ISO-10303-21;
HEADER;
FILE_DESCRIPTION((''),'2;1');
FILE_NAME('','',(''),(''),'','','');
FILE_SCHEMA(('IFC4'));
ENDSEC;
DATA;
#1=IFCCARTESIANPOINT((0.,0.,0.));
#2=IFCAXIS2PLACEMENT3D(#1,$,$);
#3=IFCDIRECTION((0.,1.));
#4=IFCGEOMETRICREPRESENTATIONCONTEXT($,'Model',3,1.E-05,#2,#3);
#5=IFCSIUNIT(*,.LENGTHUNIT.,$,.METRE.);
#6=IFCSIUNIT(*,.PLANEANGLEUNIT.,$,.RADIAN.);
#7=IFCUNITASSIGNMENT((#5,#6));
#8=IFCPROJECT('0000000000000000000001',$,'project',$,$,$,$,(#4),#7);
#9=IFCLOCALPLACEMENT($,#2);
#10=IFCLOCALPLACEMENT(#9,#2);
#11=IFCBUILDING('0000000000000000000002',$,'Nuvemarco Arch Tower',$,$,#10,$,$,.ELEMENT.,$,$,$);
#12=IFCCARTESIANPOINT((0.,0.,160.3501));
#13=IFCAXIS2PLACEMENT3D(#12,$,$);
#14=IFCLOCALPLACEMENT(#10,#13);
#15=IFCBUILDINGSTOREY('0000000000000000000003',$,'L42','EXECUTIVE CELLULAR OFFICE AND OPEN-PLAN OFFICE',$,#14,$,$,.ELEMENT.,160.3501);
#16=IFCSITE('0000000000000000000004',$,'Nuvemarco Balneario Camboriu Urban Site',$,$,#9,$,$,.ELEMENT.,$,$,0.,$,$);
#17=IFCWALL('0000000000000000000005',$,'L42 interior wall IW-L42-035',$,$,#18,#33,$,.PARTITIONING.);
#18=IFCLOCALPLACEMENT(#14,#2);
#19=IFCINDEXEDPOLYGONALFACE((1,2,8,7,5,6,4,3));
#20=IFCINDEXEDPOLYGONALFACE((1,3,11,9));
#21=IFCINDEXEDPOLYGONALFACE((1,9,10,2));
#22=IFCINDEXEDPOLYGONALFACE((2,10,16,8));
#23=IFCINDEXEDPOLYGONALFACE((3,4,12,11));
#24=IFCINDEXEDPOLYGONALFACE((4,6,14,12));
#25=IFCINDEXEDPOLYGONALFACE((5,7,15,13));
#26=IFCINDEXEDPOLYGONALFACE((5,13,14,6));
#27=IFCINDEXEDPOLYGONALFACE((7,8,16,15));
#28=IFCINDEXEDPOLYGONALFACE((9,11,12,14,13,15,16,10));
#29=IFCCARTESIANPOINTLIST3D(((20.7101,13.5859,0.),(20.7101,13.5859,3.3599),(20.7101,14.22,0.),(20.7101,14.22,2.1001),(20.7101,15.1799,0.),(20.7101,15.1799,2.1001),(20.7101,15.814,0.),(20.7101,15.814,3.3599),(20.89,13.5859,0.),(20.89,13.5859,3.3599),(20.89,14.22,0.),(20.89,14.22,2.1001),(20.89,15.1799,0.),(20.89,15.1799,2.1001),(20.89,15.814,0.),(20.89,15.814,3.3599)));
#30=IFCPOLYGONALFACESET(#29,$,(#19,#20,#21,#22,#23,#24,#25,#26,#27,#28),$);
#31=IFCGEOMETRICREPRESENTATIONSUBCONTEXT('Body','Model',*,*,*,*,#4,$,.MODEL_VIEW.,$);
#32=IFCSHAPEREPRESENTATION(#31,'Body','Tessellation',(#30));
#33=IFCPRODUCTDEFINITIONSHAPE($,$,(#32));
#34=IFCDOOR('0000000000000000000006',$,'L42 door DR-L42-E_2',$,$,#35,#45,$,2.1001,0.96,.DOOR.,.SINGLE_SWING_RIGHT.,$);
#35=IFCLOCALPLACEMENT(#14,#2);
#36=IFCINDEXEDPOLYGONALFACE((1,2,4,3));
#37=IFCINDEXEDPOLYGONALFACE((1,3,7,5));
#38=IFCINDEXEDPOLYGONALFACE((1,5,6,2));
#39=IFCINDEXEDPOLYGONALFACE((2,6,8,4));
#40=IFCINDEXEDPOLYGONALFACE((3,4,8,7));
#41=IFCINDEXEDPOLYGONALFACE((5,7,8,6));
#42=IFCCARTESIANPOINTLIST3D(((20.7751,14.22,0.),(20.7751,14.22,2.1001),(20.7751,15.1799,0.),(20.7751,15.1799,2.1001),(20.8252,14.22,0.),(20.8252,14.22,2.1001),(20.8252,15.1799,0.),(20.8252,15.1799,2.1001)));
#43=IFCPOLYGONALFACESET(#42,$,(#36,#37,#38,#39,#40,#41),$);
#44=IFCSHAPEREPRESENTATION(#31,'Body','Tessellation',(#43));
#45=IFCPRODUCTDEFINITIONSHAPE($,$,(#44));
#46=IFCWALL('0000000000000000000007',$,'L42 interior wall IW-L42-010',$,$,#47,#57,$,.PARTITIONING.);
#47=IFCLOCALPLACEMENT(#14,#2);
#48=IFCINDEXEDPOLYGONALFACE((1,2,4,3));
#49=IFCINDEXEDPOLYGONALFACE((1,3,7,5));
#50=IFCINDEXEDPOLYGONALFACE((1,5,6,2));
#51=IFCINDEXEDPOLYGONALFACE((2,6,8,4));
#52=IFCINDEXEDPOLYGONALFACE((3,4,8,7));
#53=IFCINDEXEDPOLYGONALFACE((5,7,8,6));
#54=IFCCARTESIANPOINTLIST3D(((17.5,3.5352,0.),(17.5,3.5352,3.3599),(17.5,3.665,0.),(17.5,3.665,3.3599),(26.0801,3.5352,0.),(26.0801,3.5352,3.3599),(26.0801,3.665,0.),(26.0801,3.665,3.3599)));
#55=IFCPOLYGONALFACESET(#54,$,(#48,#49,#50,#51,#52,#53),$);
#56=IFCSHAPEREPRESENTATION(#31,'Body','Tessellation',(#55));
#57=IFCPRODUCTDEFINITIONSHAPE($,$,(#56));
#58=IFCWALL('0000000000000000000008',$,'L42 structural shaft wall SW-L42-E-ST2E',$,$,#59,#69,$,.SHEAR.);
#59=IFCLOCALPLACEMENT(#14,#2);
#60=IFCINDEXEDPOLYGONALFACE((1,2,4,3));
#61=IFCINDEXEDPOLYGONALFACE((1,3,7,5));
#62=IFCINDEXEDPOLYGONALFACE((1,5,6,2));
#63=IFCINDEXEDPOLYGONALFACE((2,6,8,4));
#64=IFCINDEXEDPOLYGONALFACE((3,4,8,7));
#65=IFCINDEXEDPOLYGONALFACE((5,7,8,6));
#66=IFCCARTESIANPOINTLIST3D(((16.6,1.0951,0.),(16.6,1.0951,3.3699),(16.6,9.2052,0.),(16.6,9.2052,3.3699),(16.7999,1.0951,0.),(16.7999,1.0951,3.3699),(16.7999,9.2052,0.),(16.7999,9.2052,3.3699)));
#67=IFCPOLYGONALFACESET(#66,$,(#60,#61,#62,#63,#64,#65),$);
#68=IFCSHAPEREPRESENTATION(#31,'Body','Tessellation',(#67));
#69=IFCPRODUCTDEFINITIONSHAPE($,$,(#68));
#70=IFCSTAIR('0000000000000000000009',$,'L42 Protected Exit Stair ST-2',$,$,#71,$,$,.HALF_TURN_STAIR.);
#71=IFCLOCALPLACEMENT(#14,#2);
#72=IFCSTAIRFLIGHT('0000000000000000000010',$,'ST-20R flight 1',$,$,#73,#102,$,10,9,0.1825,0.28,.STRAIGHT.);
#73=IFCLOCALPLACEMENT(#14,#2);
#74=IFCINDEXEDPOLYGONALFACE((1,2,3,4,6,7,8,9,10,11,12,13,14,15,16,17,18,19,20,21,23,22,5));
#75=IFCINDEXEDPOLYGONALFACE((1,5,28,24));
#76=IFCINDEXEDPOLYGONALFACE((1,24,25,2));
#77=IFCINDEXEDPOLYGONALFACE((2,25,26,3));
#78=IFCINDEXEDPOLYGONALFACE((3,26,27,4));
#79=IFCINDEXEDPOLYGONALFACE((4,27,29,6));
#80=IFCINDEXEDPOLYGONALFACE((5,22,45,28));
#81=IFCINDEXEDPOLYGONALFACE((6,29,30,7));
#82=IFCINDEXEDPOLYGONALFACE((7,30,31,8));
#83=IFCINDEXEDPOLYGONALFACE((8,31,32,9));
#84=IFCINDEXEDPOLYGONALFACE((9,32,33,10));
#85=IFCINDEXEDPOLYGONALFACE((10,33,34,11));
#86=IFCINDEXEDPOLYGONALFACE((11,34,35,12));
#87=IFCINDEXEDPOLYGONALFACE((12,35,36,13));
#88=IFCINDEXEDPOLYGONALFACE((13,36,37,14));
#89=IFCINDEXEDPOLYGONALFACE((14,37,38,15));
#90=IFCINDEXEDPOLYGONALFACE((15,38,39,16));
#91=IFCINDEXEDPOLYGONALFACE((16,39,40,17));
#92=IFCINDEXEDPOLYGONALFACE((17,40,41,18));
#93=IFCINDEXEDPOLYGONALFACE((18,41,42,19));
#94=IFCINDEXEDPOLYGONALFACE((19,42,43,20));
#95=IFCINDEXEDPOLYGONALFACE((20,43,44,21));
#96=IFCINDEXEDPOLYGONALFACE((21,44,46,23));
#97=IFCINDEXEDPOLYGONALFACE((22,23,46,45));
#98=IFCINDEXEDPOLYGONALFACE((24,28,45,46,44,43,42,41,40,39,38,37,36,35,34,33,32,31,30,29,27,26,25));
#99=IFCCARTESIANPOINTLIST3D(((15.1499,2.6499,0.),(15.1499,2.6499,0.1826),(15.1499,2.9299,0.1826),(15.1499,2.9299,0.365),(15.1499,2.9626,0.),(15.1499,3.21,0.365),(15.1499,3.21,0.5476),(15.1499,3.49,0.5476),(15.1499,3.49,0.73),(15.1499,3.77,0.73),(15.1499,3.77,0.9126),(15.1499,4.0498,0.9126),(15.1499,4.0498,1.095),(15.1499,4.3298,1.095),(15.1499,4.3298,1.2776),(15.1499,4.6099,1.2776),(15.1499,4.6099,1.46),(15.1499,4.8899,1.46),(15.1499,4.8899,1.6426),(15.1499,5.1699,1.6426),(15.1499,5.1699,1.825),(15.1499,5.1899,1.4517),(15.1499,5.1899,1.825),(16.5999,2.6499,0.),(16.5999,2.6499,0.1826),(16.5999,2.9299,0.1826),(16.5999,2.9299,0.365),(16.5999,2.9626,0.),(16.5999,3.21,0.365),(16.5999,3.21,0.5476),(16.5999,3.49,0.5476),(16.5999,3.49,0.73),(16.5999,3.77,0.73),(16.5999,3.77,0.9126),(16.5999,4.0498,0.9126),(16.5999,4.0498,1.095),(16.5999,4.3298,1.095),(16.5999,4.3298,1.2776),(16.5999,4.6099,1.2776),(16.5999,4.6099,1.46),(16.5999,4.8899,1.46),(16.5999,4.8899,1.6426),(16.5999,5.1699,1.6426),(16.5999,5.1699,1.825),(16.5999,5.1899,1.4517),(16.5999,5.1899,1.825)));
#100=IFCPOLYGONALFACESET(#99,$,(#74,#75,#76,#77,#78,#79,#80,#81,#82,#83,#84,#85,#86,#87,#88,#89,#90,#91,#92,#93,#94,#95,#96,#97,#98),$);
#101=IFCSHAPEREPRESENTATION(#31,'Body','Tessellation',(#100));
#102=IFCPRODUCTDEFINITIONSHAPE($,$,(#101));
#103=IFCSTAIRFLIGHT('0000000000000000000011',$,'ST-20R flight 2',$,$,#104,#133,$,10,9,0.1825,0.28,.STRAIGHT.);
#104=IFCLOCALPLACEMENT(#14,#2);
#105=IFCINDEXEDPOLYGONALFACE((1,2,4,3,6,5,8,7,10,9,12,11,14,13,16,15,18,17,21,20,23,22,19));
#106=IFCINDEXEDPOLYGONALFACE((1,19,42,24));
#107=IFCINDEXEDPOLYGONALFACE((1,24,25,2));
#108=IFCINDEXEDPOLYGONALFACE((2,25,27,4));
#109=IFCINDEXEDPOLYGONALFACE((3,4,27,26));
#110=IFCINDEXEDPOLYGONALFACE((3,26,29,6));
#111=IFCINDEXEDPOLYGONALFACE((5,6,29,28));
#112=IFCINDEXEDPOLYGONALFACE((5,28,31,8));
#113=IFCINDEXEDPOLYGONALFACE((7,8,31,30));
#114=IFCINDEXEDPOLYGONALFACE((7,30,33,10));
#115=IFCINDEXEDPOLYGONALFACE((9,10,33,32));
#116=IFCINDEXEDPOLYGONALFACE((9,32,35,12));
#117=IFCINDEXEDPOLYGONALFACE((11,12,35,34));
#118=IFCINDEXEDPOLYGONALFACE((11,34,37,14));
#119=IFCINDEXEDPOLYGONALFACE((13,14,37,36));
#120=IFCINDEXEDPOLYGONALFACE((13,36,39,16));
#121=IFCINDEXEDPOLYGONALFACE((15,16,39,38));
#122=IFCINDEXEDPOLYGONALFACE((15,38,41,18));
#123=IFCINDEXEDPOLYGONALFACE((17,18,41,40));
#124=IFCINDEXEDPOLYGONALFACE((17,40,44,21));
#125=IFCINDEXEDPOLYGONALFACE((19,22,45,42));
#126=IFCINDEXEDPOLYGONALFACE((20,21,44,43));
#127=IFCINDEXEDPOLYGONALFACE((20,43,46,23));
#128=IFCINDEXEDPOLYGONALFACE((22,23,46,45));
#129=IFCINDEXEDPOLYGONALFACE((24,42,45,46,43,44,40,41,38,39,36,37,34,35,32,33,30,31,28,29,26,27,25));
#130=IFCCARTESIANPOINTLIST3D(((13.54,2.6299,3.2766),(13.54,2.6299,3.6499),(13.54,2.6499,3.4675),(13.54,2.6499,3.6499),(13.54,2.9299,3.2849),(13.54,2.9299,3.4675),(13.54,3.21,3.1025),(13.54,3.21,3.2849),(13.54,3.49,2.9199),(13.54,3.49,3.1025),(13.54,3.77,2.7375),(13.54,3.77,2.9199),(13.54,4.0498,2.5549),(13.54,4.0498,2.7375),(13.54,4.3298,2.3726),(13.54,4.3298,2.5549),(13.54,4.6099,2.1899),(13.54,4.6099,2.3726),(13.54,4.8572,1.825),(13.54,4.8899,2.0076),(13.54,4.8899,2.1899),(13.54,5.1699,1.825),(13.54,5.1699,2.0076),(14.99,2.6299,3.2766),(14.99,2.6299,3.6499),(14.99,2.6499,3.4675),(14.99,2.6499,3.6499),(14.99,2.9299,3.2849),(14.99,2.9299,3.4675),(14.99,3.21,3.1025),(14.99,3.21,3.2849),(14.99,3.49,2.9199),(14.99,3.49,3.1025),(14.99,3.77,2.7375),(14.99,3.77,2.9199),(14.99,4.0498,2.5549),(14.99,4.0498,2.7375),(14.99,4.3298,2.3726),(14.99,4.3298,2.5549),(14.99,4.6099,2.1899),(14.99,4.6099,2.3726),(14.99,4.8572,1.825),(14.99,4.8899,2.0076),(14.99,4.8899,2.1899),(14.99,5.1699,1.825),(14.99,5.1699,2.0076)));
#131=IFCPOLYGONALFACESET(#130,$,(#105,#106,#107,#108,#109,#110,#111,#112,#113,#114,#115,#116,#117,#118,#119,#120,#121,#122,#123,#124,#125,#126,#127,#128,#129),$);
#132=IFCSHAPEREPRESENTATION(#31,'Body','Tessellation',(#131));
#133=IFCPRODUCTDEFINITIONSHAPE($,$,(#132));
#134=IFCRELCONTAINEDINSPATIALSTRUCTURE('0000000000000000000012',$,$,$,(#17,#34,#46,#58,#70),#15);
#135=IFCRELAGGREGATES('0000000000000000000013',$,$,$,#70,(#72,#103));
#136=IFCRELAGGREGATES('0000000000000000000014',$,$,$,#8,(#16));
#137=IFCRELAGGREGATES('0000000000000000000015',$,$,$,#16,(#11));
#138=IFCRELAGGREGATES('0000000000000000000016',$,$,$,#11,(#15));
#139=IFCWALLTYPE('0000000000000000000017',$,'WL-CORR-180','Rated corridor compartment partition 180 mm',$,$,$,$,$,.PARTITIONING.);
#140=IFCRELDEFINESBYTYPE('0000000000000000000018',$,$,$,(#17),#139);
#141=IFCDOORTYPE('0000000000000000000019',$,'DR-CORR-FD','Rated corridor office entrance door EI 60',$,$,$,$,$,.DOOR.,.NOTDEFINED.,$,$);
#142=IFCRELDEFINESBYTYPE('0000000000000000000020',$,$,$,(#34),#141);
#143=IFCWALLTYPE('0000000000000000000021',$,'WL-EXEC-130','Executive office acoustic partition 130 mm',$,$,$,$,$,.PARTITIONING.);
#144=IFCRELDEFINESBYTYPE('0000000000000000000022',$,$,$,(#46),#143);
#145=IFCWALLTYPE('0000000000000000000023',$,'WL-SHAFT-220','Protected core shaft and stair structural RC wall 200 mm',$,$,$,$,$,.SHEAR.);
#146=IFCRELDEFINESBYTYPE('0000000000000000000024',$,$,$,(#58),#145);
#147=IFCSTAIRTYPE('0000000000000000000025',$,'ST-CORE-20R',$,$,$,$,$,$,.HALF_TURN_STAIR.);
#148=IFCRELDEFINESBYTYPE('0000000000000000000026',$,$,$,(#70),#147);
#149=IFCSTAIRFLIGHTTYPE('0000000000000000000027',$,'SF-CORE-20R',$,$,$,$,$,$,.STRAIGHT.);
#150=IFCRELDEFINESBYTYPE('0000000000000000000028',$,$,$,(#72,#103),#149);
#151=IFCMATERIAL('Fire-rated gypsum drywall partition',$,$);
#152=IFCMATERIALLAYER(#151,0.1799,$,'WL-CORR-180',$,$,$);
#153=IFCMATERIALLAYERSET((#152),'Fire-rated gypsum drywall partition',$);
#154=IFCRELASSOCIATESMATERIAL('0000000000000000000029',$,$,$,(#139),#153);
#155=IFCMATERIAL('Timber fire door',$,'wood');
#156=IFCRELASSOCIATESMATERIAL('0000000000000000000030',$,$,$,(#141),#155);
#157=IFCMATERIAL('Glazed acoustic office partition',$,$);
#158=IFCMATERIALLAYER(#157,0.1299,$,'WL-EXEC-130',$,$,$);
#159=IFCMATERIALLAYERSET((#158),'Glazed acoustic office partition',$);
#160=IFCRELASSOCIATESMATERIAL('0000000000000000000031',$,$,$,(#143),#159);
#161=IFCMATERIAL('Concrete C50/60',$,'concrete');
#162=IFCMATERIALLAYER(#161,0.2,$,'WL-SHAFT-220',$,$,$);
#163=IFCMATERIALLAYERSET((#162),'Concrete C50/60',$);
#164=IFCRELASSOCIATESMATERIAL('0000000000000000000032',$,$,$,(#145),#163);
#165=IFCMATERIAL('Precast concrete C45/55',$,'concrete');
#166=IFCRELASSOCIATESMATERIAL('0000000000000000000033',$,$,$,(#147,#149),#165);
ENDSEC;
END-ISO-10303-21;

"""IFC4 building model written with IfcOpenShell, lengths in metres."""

from ifc_helpers import new_model, si_unit, direction, frame, frame_2d, origin, place, context, subcontext, project, spatial, polyline, rectangle, outline, extrude, source, transform, mapped, material, layer, layer_set, type_object, type_shapes, element, fill, aggregate, save


model = new_model("IFC4")

# Units and contexts
model_context = context("Model", 3, precision=1e-05, world=origin(), true_north=direction((0.0, 1.0)))
body_context = subcontext(model_context, "Body", "Model", "MODEL_VIEW")
ifc_project = project(units=[si_unit("LENGTHUNIT", "METRE"), si_unit("PLANEANGLEUNIT", "RADIAN")], contexts=[model_context])

# Site, building, storey
site_placement = place(None, origin())
site = spatial("IfcSite", under=ifc_project, at=site_placement, Name="Nuvemarco Balneario Camboriu Urban Site", CompositionType="ELEMENT", RefElevation=0.0)
building_placement = place(site_placement, origin())
building = spatial("IfcBuilding", under=site, at=building_placement, Name="Nuvemarco Arch Tower", CompositionType="ELEMENT")
storey_placement = place(building_placement, frame((0.0, 0.0, 160.3501)))
storey = spatial("IfcBuildingStorey", under=building, at=storey_placement, Name="L42", Description="EXECUTIVE CELLULAR OFFICE AND OPEN-PLAN OFFICE", CompositionType="ELEMENT", Elevation=160.3501)

# Shared definitions
ifc_material_1 = material(Name="Concrete C50/60", Category="concrete")

# Shared definitions
ifc_material_2 = material(Name="Precast concrete C45/55", Category="concrete")

# Shared definitions
ifc_material_3 = material(Name="Fire-rated gypsum drywall partition")
ifc_layer_1 = layer(ifc_material_3, 0.1799, Name="WL-CORR-180")
ifc_layer_set_1 = layer_set([ifc_layer_1], Name="Fire-rated gypsum drywall partition")
wall_type_1 = type_object("IfcWallType", Name="WL-CORR-180", Description="Rated corridor compartment partition 180 mm", PredefinedType="PARTITIONING", material=ifc_layer_set_1)

# Wall, opening, door
wall_1_placement = place(storey_placement, frame((20.8, 13.5859, 0.0), z_axis=(0.0, 0.0, 1.0), x_axis=(0.0, 1.0, 0.0)))
wall_1 = element("IfcWall", 1, at=wall_1_placement, inside=storey, type_object=wall_type_1, Name="L42 interior wall IW-L42-035", PredefinedType="PARTITIONING", context=body_context, shape_type="SweptSolid", body=[
    extrude(rectangle(XDim=2.228, YDim=0.1799, at=frame_2d((1.114, 0.0))), origin(), (0.0, 0.0, 1.0), 3.3599),
])
opening_placement = place(wall_1_placement, frame((0.634, 0.0, 0.0)))
opening = element("IfcOpeningElement", 2, at=opening_placement, cuts=wall_1, PredefinedType="OPENING", context=body_context, shape_type="SweptSolid", body=[
    extrude(rectangle(XDim=0.96, YDim=2.1001, at=frame_2d((0.48, 1.05))), frame((0.0, 0.0999, 0.0), z_axis=(0.0, -1.0, 0.0), x_axis=(1.0, 0.0, 0.0)), (0.0, 0.0, 1.0), 0.2),
])
ifc_material_4 = material(Name="Timber fire door", Category="wood")
door_type = type_object("IfcDoorType", Name="DR-CORR-FD", Description="Rated corridor office entrance door EI 60", OperationType="NOTDEFINED", PredefinedType="DOOR", material=ifc_material_4)
shared_shape_1 = source(origin(), body_context, "Body", "SweptSolid", [
    extrude(rectangle(XDim=0.96, YDim=2.1001, at=frame_2d((0.48, 1.05))), frame((0.0, 0.0249, 0.0), z_axis=(0.0, -1.0, 0.0), x_axis=(1.0, 0.0, 0.0)), (0.0, 0.0, 1.0), 0.05),
])
type_shapes(door_type, [shared_shape_1])
door_placement = place(opening_placement, origin())
door = element("IfcDoor", 3, at=door_placement, inside=storey, type_object=door_type, Name="L42 door DR-L42-E_2", OperationType="SINGLE_SWING_RIGHT", OverallHeight=2.1001, OverallWidth=0.96, PredefinedType="DOOR", context=body_context, shape_type="MappedRepresentation", body=[
    mapped(shared_shape_1, transform((0.0, 0.0, 0.0), scale=1.0)),
])
fill(opening, door)

# Walls
ifc_material_5 = material(Name="Glazed acoustic office partition")
ifc_layer_2 = layer(ifc_material_5, 0.1299, Name="WL-EXEC-130")
ifc_layer_set_2 = layer_set([ifc_layer_2], Name="Glazed acoustic office partition")
wall_type_2 = type_object("IfcWallType", Name="WL-EXEC-130", Description="Executive office acoustic partition 130 mm", PredefinedType="PARTITIONING", material=ifc_layer_set_2)
wall_2_placement = place(storey_placement, frame((17.5, 3.6001, 0.0), z_axis=(0.0, 0.0, 1.0), x_axis=(1.0, 0.0, 0.0)))
element("IfcWall", 4, at=wall_2_placement, inside=storey, type_object=wall_type_2, Name="L42 interior wall IW-L42-010", PredefinedType="PARTITIONING", context=body_context, shape_type="SweptSolid", body=[
    extrude(rectangle(XDim=8.5801, YDim=0.1299, at=frame_2d((4.29, 0.0))), origin(), (0.0, 0.0, 1.0), 3.3599),
])
ifc_layer_3 = layer(ifc_material_1, 0.2, Name="WL-SHAFT-220")
ifc_layer_set_3 = layer_set([ifc_layer_3], Name="Concrete C50/60")
wall_type_3 = type_object("IfcWallType", Name="WL-SHAFT-220", Description="Protected core shaft and stair structural RC wall 200 mm", PredefinedType="SHEAR", material=ifc_layer_set_3)
wall_3_placement = place(storey_placement, frame((16.7, 1.095, 0.0), z_axis=(0.0, 0.0, 1.0), x_axis=(0.0, 1.0, 0.0)))
element("IfcWall", 5, at=wall_3_placement, inside=storey, type_object=wall_type_3, Name="L42 structural shaft wall SW-L42-E-ST2E", PredefinedType="SHEAR", context=body_context, shape_type="SweptSolid", body=[
    extrude(rectangle(XDim=8.1101, YDim=0.2, at=frame_2d((4.0552, 0.0))), origin(), (0.0, 0.0, 1.0), 3.3699),
])

# Stair, stair flights
stair_type = type_object("IfcStairType", Name="ST-CORE-20R", PredefinedType="HALF_TURN_STAIR", material=ifc_material_2)
stair_placement = place(storey_placement, origin())
stair = element("IfcStair", 6, at=stair_placement, inside=storey, type_object=stair_type, Name="L42 Protected Exit Stair ST-2", PredefinedType="HALF_TURN_STAIR")
stair_flight_type = type_object("IfcStairFlightType", Name="SF-CORE-20R", PredefinedType="STRAIGHT", material=ifc_material_2)
stair_flight_1_placement = place(storey_placement, frame((15.875, 2.6499, 0.0), z_axis=(0.0, 0.0, 1.0), x_axis=(0.0, 1.0, 0.0)))
stair_flight_1 = element("IfcStairFlight", 7, at=stair_flight_1_placement, type_object=stair_flight_type, Name="ST-20R flight 1", NumberOfRisers=10, NumberOfTreads=9, PredefinedType="STRAIGHT", RiserHeight=0.1825, TreadLength=0.28, context=body_context, shape_type="SweptSolid", body=[
    extrude(outline(polyline([(0.0, 0.0), (0.0, 0.1826), (0.28, 0.1826), (0.28, 0.365), (0.5601, 0.365), (0.5601, 0.5476), (0.8401, 0.5476), (0.8401, 0.73), (1.1201, 0.73), (1.1201, 0.9126), (1.3999, 0.9126), (1.3999, 1.095), (1.6799, 1.095), (1.6799, 1.2776), (1.96, 1.2776), (1.96, 1.46), (2.24, 1.46), (2.24, 1.6426), (2.52, 1.6426), (2.52, 1.825), (2.54, 1.825), (2.54, 1.4517), (0.3127, 0.0), (0.0, 0.0)])), frame((0.0, 0.7251, 0.0), z_axis=(0.0, -1.0, 0.0), x_axis=(1.0, 0.0, 0.0)), (0.0, 0.0, 1.0), 1.45),
])
stair_flight_2_placement = place(storey_placement, frame((14.2649, 5.1699, 1.825), z_axis=(0.0, 0.0, 1.0), x_axis=(0.0, -1.0, 0.0)))
stair_flight_2 = element("IfcStairFlight", 8, at=stair_flight_2_placement, type_object=stair_flight_type, Name="ST-20R flight 2", NumberOfRisers=10, NumberOfTreads=9, PredefinedType="STRAIGHT", RiserHeight=0.1825, TreadLength=0.28, context=body_context, shape_type="SweptSolid", body=[
    extrude(outline(polyline([(0.0, 0.0), (0.0, 0.1826), (0.28, 0.1826), (0.28, 0.365), (0.5601, 0.365), (0.5601, 0.5476), (0.8401, 0.5476), (0.8401, 0.73), (1.1201, 0.73), (1.1201, 0.9126), (1.3999, 0.9126), (1.3999, 1.095), (1.6799, 1.095), (1.6799, 1.2776), (1.96, 1.2776), (1.96, 1.46), (2.24, 1.46), (2.24, 1.6426), (2.52, 1.6426), (2.52, 1.825), (2.54, 1.825), (2.54, 1.4517), (0.3127, 0.0), (0.0, 0.0)])), frame((0.0, 0.7251, 0.0), z_axis=(0.0, -1.0, 0.0), x_axis=(1.0, 0.0, 0.0)), (0.0, 0.0, 1.0), 1.45),
])
aggregate(stair, [stair_flight_1, stair_flight_2])

save(model, "model.ifc")
